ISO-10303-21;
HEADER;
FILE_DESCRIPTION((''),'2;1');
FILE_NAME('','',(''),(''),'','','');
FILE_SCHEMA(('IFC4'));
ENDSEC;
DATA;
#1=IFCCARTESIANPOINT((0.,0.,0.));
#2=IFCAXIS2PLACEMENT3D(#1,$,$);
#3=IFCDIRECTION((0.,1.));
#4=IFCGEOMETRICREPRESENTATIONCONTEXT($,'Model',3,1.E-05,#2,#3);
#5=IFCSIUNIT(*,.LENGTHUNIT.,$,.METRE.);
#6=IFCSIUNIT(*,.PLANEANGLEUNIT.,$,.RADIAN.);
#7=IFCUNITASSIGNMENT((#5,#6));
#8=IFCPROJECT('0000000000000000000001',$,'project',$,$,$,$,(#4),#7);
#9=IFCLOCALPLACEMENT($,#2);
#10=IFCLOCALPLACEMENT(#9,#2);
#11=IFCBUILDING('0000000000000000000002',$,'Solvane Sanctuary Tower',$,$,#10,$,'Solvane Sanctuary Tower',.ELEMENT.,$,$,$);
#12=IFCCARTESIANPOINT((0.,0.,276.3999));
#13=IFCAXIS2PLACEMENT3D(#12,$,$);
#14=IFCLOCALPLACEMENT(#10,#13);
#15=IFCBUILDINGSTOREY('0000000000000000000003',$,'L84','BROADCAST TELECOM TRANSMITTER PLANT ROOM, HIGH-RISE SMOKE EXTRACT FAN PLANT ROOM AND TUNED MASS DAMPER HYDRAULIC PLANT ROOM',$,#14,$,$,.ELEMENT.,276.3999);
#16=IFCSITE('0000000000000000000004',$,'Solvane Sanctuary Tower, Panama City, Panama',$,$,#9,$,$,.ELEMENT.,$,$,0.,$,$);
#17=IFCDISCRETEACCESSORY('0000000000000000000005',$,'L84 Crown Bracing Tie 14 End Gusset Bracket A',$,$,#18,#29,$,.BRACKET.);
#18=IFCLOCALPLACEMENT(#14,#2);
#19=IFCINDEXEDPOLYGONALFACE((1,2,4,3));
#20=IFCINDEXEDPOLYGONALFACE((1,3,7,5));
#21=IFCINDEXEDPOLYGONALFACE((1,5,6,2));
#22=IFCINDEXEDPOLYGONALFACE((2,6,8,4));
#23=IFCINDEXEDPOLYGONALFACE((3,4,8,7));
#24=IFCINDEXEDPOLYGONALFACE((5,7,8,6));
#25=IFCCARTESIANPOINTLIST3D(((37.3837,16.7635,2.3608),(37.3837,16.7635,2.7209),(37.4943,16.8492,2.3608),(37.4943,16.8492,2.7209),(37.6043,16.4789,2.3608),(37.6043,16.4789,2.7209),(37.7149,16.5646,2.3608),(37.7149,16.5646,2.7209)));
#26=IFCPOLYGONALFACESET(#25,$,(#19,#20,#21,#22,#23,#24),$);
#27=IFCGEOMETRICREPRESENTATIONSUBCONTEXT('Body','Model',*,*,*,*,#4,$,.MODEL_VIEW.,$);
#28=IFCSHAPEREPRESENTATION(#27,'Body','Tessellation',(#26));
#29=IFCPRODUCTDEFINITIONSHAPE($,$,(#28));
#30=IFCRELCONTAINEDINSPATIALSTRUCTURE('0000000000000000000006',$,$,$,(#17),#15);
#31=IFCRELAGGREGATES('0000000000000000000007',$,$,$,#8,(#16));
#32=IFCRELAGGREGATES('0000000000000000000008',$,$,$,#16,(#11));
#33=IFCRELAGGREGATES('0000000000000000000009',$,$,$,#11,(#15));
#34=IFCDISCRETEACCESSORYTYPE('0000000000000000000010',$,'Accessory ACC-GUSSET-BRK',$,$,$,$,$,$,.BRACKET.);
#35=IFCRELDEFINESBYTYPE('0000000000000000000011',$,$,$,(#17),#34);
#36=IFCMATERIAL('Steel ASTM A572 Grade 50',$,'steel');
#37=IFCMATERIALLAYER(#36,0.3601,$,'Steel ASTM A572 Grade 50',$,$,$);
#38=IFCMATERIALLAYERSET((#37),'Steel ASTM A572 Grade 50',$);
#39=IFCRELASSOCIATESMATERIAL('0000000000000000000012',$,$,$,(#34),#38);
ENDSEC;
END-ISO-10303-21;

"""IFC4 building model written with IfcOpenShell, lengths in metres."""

from ifc_helpers import new_model, si_unit, direction, frame, origin, origin_2d, place, context, subcontext, project, spatial, rectangle, extrude, material, layer, layer_set, type_object, element, save


model = new_model("IFC4")

# Units and contexts
model_context = context("Model", 3, precision=1e-05, world=origin(), true_north=direction((0.0, 1.0)))
body_context = subcontext(model_context, "Body", "Model", "MODEL_VIEW")
ifc_project = project(units=[si_unit("LENGTHUNIT", "METRE"), si_unit("PLANEANGLEUNIT", "RADIAN")], contexts=[model_context])

# Site, building, storey
site_placement = place(None, origin())
site = spatial("IfcSite", under=ifc_project, at=site_placement, Name="Solvane Sanctuary Tower, Panama City, Panama", CompositionType="ELEMENT", RefElevation=0.0)
building_placement = place(site_placement, origin())
building = spatial("IfcBuilding", under=site, at=building_placement, Name="Solvane Sanctuary Tower", LongName="Solvane Sanctuary Tower", CompositionType="ELEMENT")
storey_placement = place(building_placement, frame((0.0, 0.0, 276.3999)))
storey = spatial("IfcBuildingStorey", under=building, at=storey_placement, Name="L84", Description="BROADCAST TELECOM TRANSMITTER PLANT ROOM, HIGH-RISE SMOKE EXTRACT FAN PLANT ROOM AND TUNED MASS DAMPER HYDRAULIC PLANT ROOM", CompositionType="ELEMENT", Elevation=276.3999)

# Discrete accessory
ifc_material_1 = material(Name="Steel ASTM A572 Grade 50", Category="steel")
ifc_layer_1 = layer(ifc_material_1, 0.3601, Name="Steel ASTM A572 Grade 50")
ifc_layer_set_1 = layer_set([ifc_layer_1], Name="Steel ASTM A572 Grade 50")
discrete_accessory_type = type_object("IfcDiscreteAccessoryType", Name="Accessory ACC-GUSSET-BRK", PredefinedType="BRACKET", material=ifc_layer_set_1)
discrete_accessory_placement = place(storey_placement, frame((37.5493, 16.6641, 2.3608), z_axis=(0.0, 0.0, 1.0), x_axis=(0.612493, -0.790476, 0.0)))
element("IfcDiscreteAccessory", 1, at=discrete_accessory_placement, inside=storey, type_object=discrete_accessory_type, Name="L84 Crown Bracing Tie 14 End Gusset Bracket A", PredefinedType="BRACKET", context=body_context, shape_type="SweptSolid", body=[
    extrude(rectangle(XDim=0.3601, YDim=0.1399, at=origin_2d()), origin(), (0.0, 0.0, 1.0), 0.3601),
])

save(model, "model.ifc")
